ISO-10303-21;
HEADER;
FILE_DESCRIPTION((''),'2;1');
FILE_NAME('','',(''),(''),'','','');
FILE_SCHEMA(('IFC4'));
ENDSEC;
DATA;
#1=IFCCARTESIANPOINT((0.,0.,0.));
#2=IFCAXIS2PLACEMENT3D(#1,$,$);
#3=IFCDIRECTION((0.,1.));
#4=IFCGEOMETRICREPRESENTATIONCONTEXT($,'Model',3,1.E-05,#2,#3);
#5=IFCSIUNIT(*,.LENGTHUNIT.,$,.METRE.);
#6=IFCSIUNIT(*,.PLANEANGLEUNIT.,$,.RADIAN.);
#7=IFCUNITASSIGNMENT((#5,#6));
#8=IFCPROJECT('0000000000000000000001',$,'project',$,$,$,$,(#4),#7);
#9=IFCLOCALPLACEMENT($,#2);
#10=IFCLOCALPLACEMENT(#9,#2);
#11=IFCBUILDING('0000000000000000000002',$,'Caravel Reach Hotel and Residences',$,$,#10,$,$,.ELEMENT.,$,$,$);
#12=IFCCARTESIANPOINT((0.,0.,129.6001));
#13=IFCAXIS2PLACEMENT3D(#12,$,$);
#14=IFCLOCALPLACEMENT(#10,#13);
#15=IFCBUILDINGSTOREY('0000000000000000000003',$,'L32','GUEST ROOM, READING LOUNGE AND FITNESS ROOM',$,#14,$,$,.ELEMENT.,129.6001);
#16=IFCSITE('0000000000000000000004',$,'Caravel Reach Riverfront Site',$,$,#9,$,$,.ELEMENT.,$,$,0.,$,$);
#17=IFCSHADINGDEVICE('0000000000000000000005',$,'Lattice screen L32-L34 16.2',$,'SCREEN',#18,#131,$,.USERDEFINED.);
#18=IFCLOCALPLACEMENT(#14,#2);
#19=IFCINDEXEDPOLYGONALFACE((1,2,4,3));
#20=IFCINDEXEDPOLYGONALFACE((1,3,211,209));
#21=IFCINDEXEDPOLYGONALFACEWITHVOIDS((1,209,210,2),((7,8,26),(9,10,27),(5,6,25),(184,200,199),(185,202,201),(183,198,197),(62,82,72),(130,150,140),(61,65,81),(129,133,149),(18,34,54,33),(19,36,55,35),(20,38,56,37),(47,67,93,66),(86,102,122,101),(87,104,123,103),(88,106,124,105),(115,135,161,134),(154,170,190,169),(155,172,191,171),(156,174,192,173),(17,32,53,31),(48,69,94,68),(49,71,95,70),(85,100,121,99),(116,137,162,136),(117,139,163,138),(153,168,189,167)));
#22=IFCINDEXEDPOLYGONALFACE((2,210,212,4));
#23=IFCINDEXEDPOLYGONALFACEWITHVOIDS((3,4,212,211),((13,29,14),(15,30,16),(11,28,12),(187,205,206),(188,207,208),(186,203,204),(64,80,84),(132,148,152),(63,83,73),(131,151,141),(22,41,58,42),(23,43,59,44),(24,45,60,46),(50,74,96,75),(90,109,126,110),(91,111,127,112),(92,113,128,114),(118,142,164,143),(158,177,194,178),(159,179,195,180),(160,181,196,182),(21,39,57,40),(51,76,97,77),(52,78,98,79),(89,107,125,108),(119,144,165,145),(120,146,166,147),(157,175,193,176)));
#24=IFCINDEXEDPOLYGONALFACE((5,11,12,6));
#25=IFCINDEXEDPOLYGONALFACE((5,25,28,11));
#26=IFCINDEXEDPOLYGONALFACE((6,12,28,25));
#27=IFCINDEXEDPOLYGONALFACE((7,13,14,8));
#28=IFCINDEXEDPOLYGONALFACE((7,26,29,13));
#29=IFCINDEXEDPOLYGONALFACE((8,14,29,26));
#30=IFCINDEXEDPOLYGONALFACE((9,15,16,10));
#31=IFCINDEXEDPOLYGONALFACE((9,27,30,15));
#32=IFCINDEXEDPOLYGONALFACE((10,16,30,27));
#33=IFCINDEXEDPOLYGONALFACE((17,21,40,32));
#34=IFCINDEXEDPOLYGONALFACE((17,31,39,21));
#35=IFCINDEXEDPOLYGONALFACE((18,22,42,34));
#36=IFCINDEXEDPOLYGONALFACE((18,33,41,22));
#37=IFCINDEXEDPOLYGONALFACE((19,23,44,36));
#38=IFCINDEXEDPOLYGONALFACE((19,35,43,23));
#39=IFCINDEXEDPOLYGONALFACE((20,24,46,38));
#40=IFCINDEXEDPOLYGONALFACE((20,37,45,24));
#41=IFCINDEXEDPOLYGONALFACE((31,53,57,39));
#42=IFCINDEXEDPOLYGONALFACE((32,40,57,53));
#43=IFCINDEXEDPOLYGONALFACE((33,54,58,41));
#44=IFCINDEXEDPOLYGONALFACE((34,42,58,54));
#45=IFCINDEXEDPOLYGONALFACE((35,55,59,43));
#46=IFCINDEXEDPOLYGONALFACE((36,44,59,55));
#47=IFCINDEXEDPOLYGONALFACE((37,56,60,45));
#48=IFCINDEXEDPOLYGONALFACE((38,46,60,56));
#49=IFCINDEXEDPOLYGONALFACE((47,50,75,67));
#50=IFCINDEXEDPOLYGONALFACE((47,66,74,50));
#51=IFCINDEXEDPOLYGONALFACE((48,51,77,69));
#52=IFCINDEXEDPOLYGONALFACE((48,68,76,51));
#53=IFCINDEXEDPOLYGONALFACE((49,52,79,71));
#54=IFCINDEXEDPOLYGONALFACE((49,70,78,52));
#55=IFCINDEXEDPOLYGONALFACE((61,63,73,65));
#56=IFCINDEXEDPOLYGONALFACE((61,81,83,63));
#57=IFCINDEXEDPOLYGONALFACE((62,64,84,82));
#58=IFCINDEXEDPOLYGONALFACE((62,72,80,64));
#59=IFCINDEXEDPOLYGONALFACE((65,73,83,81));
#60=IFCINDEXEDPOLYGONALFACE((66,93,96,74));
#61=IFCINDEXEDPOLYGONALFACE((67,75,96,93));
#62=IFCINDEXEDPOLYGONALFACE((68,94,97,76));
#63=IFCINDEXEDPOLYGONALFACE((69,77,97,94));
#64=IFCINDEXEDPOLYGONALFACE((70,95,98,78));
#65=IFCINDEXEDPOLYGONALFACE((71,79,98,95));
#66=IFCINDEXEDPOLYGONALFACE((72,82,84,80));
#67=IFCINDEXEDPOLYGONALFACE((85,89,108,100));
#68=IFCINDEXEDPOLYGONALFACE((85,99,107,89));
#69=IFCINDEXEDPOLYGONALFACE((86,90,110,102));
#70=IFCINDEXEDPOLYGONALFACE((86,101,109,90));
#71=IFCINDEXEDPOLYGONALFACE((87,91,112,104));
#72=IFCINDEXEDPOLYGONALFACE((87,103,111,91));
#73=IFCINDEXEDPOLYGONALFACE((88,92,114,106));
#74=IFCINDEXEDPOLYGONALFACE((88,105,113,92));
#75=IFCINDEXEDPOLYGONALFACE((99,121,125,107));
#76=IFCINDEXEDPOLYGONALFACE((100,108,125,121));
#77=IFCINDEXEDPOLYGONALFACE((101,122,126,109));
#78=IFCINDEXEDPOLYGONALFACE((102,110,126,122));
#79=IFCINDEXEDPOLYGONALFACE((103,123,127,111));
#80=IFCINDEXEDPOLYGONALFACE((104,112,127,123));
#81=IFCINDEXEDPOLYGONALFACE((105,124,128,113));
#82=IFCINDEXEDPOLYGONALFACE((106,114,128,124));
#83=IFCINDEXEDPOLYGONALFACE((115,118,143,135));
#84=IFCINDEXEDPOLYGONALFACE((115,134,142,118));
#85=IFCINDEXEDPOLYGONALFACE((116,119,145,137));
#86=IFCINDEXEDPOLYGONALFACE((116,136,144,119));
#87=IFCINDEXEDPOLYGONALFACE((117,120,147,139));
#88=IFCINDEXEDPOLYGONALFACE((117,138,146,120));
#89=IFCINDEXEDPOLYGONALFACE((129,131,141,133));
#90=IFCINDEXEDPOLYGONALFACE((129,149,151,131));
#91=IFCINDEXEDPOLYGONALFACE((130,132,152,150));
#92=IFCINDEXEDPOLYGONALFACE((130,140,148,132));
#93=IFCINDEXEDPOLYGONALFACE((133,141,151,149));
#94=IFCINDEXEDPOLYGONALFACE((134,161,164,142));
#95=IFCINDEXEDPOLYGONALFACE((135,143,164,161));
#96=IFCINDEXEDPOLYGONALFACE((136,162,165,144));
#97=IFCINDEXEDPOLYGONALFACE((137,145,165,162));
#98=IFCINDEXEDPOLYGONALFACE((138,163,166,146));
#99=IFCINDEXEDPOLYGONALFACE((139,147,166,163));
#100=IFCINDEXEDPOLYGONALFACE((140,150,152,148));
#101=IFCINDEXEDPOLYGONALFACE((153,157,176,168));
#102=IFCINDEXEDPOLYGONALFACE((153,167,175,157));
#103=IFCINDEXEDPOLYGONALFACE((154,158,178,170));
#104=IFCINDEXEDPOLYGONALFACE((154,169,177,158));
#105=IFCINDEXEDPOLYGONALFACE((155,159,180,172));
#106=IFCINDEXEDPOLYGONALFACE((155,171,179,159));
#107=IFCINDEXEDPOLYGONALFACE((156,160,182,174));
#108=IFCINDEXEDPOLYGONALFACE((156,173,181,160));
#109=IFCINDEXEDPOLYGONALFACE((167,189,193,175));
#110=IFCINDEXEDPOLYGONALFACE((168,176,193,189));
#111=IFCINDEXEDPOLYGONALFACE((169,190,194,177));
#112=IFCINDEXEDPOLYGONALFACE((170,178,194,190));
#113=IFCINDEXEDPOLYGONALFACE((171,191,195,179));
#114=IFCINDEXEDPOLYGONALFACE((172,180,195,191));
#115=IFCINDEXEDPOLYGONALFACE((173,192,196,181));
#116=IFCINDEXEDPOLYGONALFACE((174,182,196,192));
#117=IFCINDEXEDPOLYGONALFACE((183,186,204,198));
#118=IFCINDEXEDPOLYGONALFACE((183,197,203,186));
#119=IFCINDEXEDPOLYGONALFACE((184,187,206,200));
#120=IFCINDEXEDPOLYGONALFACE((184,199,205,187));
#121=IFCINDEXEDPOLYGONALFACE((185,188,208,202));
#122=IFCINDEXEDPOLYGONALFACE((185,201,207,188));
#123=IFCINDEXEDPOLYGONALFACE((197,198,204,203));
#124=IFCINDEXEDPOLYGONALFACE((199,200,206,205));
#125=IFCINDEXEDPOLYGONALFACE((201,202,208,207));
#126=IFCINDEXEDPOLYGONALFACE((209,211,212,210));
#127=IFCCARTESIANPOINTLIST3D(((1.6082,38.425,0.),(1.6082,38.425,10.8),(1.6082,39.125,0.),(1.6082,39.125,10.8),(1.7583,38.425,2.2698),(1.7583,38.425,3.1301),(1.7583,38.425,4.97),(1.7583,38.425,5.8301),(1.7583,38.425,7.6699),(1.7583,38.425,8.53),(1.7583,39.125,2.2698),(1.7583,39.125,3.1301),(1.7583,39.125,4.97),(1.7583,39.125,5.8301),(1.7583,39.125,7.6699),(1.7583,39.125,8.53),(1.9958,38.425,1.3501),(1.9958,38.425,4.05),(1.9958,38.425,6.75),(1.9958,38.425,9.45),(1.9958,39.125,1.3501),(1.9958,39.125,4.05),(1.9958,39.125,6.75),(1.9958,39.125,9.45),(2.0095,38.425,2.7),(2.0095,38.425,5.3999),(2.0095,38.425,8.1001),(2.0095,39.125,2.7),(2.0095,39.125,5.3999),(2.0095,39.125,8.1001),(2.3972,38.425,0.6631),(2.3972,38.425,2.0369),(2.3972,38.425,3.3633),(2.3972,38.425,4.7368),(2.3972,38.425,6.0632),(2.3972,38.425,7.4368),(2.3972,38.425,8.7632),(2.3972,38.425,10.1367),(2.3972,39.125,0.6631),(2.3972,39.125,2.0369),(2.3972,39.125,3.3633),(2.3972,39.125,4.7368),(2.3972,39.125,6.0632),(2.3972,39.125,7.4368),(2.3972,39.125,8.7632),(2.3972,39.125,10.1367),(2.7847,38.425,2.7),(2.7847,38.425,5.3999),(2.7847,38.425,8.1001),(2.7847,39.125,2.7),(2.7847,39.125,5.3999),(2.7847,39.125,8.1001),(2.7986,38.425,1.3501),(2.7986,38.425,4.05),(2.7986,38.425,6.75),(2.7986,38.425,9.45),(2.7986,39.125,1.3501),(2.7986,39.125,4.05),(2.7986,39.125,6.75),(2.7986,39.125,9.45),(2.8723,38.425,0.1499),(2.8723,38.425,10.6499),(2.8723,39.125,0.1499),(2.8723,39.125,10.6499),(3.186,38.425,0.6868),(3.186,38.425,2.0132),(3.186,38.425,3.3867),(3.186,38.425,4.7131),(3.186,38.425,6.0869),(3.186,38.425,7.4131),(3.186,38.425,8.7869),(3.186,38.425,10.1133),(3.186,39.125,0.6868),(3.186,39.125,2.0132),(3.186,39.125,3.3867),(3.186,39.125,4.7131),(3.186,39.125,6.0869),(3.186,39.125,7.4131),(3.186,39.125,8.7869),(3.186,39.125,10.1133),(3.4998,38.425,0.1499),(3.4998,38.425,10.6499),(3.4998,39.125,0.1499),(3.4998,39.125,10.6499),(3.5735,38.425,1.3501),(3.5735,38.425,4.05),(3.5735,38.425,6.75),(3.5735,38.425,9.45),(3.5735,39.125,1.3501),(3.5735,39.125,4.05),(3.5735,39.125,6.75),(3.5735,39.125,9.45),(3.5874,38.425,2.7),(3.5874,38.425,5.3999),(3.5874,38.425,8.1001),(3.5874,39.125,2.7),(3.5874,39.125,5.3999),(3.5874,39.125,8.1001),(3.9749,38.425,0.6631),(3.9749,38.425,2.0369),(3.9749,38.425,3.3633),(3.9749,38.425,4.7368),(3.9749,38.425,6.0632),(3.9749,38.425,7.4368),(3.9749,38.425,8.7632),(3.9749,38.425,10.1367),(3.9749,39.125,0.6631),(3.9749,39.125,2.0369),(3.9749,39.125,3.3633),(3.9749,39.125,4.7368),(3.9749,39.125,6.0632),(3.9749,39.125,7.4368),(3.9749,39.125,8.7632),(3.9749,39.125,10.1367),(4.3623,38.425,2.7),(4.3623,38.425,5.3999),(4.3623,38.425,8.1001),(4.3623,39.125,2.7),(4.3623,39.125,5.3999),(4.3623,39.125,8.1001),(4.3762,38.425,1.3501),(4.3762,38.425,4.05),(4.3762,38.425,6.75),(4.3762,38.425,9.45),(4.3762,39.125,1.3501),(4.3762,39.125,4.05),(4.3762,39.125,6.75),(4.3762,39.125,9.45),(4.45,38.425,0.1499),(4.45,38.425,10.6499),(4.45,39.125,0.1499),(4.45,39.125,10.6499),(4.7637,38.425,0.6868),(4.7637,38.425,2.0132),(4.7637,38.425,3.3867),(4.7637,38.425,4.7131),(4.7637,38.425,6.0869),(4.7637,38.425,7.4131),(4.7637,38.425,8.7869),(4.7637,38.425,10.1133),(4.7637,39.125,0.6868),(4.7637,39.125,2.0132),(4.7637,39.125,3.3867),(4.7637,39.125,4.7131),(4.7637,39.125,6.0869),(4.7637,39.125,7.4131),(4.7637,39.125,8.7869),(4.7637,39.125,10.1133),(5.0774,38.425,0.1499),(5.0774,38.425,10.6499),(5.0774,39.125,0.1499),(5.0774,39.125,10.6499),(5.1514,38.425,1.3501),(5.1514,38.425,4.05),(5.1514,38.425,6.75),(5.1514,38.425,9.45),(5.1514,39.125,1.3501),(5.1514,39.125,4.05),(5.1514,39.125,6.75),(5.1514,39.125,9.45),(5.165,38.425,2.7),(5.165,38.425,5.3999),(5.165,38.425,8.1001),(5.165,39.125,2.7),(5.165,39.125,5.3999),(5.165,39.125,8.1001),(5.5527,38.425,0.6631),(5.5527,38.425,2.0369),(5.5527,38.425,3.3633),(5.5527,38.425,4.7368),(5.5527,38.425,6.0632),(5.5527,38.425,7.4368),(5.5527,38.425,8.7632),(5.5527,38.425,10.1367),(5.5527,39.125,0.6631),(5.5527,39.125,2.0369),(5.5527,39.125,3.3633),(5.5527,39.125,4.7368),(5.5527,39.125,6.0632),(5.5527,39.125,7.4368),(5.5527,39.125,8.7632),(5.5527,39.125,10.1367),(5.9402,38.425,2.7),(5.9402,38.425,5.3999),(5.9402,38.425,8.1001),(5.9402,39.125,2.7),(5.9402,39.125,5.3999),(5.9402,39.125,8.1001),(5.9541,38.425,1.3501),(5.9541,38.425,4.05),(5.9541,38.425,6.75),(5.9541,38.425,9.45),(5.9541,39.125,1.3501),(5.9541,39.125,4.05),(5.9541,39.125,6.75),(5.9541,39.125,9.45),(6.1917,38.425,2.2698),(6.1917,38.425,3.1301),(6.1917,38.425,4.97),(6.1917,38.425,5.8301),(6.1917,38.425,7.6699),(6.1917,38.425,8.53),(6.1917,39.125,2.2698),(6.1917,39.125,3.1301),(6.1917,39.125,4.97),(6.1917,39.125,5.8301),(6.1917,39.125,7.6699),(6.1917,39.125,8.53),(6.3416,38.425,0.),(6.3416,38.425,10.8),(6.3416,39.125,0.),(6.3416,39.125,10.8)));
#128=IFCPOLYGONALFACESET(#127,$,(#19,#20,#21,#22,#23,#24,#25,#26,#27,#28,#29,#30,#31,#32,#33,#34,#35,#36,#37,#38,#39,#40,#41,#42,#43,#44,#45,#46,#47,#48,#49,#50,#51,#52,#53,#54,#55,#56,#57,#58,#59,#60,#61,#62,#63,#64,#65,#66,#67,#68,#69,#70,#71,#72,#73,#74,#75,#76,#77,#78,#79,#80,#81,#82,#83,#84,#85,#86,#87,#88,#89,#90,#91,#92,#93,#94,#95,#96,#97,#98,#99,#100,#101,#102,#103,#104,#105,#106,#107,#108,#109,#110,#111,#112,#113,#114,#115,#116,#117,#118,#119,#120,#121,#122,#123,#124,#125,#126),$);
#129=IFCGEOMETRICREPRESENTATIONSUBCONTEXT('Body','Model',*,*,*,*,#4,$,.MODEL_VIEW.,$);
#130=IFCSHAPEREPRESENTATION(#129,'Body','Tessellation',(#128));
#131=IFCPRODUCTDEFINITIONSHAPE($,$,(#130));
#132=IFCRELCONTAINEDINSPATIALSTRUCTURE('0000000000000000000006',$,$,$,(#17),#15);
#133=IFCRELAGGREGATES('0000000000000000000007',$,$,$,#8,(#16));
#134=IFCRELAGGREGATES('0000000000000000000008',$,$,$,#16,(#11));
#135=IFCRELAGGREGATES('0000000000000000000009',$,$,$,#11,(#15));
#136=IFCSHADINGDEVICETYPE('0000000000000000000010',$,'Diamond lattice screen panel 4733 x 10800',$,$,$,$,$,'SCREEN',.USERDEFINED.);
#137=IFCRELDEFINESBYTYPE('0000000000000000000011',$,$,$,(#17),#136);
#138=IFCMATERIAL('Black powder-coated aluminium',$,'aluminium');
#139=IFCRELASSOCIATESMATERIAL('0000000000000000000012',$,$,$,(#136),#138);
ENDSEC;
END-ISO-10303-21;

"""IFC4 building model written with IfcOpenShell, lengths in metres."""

from ifc_helpers import new_model, si_unit, direction, frame, origin, place, context, subcontext, project, spatial, polyline, outline, extrude, material, type_object, element, save


model = new_model("IFC4")

# Units and contexts
model_context = context("Model", 3, precision=1e-05, world=origin(), true_north=direction((0.0, 1.0)))
body_context = subcontext(model_context, "Body", "Model", "MODEL_VIEW")
ifc_project = project(units=[si_unit("LENGTHUNIT", "METRE"), si_unit("PLANEANGLEUNIT", "RADIAN")], contexts=[model_context])

# Site, building, storey
site_placement = place(None, origin())
site = spatial("IfcSite", under=ifc_project, at=site_placement, Name="Caravel Reach Riverfront Site", CompositionType="ELEMENT", RefElevation=0.0)
building_placement = place(site_placement, origin())
building = spatial("IfcBuilding", under=site, at=building_placement, Name="Caravel Reach Hotel and Residences", CompositionType="ELEMENT")
storey_placement = place(building_placement, frame((0.0, 0.0, 129.6001)))
storey = spatial("IfcBuildingStorey", under=building, at=storey_placement, Name="L32", Description="GUEST ROOM, READING LOUNGE AND FITNESS ROOM", CompositionType="ELEMENT", Elevation=129.6001)

# Shading device
ifc_material_1 = material(Name="Black powder-coated aluminium", Category="aluminium")
shading_device_type_1 = type_object("IfcShadingDeviceType", Name="Diamond lattice screen panel 4733 x 10800", ElementType="SCREEN", PredefinedType="USERDEFINED", material=ifc_material_1)
shading_device_1_placement = place(storey_placement, frame((6.3416, 38.425, 0.0), z_axis=(0.0, 1.0, 0.0), x_axis=(-1.0, 0.0, 0.0)))
element("IfcShadingDevice", 1, at=shading_device_1_placement, inside=storey, type_object=shading_device_type_1, Name="Lattice screen L32-L34 16.2", ObjectType="SCREEN", PredefinedType="USERDEFINED", context=body_context, shape_type="SweptSolid", body=[
    extrude(outline(polyline([(0.0, 0.0), (4.7334, 0.0), (4.7334, 10.8), (0.0, 10.8), (0.0, 0.0)]), holes=[polyline([(0.4014, 2.7), (0.1499, 3.1301), (0.1499, 2.2698), (0.4014, 2.7)]), polyline([(0.4014, 5.3999), (0.1499, 5.8301), (0.1499, 4.97), (0.4014, 5.3999)]), polyline([(0.4014, 8.1001), (0.1499, 8.53), (0.1499, 7.6699), (0.4014, 8.1001)]), polyline([(0.7888, 2.0369), (0.3875, 1.3501), (0.7888, 0.6631), (1.1902, 1.3501), (0.7888, 2.0369)]), polyline([(0.7888, 4.7368), (0.3875, 4.05), (0.7888, 3.3633), (1.1902, 4.05), (0.7888, 4.7368)]), polyline([(0.7888, 7.4368), (0.3875, 6.75), (0.7888, 6.0632), (1.1902, 6.75), (0.7888, 7.4368)]), polyline([(0.7888, 10.1367), (0.3875, 9.45), (0.7888, 8.7632), (1.1902, 9.45), (0.7888, 10.1367)]), polyline([(1.5779, 0.6868), (1.2642, 0.1499), (1.8916, 0.1499), (1.5779, 0.6868)]), polyline([(1.5779, 3.3867), (1.1765, 2.7), (1.5779, 2.0132), (1.9792, 2.7), (1.5779, 3.3867)]), polyline([(1.5779, 6.0869), (1.1765, 5.3999), (1.5779, 4.7131), (1.9792, 5.3999), (1.5779, 6.0869)]), polyline([(1.5779, 8.7869), (1.1765, 8.1001), (1.5779, 7.4131), (1.9792, 8.1001), (1.5779, 8.7869)]), polyline([(1.5779, 10.1133), (1.8916, 10.6499), (1.2642, 10.6499), (1.5779, 10.1133)]), polyline([(2.3667, 2.0369), (1.9653, 1.3501), (2.3667, 0.6631), (2.7681, 1.3501), (2.3667, 2.0369)]), polyline([(2.3667, 4.7368), (1.9653, 4.05), (2.3667, 3.3633), (2.7681, 4.05), (2.3667, 4.7368)]), polyline([(2.3667, 7.4368), (1.9653, 6.75), (2.3667, 6.0632), (2.7681, 6.75), (2.3667, 7.4368)]), polyline([(2.3667, 10.1367), (1.9653, 9.45), (2.3667, 8.7632), (2.7681, 9.45), (2.3667, 10.1367)]), polyline([(3.1555, 0.6868), (2.8418, 0.1499), (3.4692, 0.1499), (3.1555, 0.6868)]), polyline([(3.1555, 3.3867), (2.7542, 2.7), (3.1555, 2.0132), (3.5569, 2.7), (3.1555, 3.3867)]), polyline([(3.1555, 6.0869), (2.7542, 5.3999), (3.1555, 4.7131), (3.5569, 5.3999), (3.1555, 6.0869)]), polyline([(3.1555, 8.7869), (2.7542, 8.1001), (3.1555, 7.4131), (3.5569, 8.1001), (3.1555, 8.7869)]), polyline([(3.1555, 10.1133), (3.4692, 10.6499), (2.8418, 10.6499), (3.1555, 10.1133)]), polyline([(3.9443, 2.0369), (3.543, 1.3501), (3.9443, 0.6631), (4.3457, 1.3501), (3.9443, 2.0369)]), polyline([(3.9443, 4.7368), (3.543, 4.05), (3.9443, 3.3633), (4.3457, 4.05), (3.9443, 4.7368)]), polyline([(3.9443, 7.4368), (3.543, 6.75), (3.9443, 6.0632), (4.3457, 6.75), (3.9443, 7.4368)]), polyline([(3.9443, 10.1367), (3.543, 9.45), (3.9443, 8.7632), (4.3457, 9.45), (3.9443, 10.1367)]), polyline([(4.332, 2.7), (4.5833, 2.2698), (4.5833, 3.1301), (4.332, 2.7)]), polyline([(4.332, 5.3999), (4.5833, 4.97), (4.5833, 5.8301), (4.332, 5.3999)]), polyline([(4.332, 8.1001), (4.5833, 7.6699), (4.5833, 8.53), (4.332, 8.1001)])]), origin(), (0.0, 0.0, 1.0), 0.7),
])

save(model, "model.ifc")
